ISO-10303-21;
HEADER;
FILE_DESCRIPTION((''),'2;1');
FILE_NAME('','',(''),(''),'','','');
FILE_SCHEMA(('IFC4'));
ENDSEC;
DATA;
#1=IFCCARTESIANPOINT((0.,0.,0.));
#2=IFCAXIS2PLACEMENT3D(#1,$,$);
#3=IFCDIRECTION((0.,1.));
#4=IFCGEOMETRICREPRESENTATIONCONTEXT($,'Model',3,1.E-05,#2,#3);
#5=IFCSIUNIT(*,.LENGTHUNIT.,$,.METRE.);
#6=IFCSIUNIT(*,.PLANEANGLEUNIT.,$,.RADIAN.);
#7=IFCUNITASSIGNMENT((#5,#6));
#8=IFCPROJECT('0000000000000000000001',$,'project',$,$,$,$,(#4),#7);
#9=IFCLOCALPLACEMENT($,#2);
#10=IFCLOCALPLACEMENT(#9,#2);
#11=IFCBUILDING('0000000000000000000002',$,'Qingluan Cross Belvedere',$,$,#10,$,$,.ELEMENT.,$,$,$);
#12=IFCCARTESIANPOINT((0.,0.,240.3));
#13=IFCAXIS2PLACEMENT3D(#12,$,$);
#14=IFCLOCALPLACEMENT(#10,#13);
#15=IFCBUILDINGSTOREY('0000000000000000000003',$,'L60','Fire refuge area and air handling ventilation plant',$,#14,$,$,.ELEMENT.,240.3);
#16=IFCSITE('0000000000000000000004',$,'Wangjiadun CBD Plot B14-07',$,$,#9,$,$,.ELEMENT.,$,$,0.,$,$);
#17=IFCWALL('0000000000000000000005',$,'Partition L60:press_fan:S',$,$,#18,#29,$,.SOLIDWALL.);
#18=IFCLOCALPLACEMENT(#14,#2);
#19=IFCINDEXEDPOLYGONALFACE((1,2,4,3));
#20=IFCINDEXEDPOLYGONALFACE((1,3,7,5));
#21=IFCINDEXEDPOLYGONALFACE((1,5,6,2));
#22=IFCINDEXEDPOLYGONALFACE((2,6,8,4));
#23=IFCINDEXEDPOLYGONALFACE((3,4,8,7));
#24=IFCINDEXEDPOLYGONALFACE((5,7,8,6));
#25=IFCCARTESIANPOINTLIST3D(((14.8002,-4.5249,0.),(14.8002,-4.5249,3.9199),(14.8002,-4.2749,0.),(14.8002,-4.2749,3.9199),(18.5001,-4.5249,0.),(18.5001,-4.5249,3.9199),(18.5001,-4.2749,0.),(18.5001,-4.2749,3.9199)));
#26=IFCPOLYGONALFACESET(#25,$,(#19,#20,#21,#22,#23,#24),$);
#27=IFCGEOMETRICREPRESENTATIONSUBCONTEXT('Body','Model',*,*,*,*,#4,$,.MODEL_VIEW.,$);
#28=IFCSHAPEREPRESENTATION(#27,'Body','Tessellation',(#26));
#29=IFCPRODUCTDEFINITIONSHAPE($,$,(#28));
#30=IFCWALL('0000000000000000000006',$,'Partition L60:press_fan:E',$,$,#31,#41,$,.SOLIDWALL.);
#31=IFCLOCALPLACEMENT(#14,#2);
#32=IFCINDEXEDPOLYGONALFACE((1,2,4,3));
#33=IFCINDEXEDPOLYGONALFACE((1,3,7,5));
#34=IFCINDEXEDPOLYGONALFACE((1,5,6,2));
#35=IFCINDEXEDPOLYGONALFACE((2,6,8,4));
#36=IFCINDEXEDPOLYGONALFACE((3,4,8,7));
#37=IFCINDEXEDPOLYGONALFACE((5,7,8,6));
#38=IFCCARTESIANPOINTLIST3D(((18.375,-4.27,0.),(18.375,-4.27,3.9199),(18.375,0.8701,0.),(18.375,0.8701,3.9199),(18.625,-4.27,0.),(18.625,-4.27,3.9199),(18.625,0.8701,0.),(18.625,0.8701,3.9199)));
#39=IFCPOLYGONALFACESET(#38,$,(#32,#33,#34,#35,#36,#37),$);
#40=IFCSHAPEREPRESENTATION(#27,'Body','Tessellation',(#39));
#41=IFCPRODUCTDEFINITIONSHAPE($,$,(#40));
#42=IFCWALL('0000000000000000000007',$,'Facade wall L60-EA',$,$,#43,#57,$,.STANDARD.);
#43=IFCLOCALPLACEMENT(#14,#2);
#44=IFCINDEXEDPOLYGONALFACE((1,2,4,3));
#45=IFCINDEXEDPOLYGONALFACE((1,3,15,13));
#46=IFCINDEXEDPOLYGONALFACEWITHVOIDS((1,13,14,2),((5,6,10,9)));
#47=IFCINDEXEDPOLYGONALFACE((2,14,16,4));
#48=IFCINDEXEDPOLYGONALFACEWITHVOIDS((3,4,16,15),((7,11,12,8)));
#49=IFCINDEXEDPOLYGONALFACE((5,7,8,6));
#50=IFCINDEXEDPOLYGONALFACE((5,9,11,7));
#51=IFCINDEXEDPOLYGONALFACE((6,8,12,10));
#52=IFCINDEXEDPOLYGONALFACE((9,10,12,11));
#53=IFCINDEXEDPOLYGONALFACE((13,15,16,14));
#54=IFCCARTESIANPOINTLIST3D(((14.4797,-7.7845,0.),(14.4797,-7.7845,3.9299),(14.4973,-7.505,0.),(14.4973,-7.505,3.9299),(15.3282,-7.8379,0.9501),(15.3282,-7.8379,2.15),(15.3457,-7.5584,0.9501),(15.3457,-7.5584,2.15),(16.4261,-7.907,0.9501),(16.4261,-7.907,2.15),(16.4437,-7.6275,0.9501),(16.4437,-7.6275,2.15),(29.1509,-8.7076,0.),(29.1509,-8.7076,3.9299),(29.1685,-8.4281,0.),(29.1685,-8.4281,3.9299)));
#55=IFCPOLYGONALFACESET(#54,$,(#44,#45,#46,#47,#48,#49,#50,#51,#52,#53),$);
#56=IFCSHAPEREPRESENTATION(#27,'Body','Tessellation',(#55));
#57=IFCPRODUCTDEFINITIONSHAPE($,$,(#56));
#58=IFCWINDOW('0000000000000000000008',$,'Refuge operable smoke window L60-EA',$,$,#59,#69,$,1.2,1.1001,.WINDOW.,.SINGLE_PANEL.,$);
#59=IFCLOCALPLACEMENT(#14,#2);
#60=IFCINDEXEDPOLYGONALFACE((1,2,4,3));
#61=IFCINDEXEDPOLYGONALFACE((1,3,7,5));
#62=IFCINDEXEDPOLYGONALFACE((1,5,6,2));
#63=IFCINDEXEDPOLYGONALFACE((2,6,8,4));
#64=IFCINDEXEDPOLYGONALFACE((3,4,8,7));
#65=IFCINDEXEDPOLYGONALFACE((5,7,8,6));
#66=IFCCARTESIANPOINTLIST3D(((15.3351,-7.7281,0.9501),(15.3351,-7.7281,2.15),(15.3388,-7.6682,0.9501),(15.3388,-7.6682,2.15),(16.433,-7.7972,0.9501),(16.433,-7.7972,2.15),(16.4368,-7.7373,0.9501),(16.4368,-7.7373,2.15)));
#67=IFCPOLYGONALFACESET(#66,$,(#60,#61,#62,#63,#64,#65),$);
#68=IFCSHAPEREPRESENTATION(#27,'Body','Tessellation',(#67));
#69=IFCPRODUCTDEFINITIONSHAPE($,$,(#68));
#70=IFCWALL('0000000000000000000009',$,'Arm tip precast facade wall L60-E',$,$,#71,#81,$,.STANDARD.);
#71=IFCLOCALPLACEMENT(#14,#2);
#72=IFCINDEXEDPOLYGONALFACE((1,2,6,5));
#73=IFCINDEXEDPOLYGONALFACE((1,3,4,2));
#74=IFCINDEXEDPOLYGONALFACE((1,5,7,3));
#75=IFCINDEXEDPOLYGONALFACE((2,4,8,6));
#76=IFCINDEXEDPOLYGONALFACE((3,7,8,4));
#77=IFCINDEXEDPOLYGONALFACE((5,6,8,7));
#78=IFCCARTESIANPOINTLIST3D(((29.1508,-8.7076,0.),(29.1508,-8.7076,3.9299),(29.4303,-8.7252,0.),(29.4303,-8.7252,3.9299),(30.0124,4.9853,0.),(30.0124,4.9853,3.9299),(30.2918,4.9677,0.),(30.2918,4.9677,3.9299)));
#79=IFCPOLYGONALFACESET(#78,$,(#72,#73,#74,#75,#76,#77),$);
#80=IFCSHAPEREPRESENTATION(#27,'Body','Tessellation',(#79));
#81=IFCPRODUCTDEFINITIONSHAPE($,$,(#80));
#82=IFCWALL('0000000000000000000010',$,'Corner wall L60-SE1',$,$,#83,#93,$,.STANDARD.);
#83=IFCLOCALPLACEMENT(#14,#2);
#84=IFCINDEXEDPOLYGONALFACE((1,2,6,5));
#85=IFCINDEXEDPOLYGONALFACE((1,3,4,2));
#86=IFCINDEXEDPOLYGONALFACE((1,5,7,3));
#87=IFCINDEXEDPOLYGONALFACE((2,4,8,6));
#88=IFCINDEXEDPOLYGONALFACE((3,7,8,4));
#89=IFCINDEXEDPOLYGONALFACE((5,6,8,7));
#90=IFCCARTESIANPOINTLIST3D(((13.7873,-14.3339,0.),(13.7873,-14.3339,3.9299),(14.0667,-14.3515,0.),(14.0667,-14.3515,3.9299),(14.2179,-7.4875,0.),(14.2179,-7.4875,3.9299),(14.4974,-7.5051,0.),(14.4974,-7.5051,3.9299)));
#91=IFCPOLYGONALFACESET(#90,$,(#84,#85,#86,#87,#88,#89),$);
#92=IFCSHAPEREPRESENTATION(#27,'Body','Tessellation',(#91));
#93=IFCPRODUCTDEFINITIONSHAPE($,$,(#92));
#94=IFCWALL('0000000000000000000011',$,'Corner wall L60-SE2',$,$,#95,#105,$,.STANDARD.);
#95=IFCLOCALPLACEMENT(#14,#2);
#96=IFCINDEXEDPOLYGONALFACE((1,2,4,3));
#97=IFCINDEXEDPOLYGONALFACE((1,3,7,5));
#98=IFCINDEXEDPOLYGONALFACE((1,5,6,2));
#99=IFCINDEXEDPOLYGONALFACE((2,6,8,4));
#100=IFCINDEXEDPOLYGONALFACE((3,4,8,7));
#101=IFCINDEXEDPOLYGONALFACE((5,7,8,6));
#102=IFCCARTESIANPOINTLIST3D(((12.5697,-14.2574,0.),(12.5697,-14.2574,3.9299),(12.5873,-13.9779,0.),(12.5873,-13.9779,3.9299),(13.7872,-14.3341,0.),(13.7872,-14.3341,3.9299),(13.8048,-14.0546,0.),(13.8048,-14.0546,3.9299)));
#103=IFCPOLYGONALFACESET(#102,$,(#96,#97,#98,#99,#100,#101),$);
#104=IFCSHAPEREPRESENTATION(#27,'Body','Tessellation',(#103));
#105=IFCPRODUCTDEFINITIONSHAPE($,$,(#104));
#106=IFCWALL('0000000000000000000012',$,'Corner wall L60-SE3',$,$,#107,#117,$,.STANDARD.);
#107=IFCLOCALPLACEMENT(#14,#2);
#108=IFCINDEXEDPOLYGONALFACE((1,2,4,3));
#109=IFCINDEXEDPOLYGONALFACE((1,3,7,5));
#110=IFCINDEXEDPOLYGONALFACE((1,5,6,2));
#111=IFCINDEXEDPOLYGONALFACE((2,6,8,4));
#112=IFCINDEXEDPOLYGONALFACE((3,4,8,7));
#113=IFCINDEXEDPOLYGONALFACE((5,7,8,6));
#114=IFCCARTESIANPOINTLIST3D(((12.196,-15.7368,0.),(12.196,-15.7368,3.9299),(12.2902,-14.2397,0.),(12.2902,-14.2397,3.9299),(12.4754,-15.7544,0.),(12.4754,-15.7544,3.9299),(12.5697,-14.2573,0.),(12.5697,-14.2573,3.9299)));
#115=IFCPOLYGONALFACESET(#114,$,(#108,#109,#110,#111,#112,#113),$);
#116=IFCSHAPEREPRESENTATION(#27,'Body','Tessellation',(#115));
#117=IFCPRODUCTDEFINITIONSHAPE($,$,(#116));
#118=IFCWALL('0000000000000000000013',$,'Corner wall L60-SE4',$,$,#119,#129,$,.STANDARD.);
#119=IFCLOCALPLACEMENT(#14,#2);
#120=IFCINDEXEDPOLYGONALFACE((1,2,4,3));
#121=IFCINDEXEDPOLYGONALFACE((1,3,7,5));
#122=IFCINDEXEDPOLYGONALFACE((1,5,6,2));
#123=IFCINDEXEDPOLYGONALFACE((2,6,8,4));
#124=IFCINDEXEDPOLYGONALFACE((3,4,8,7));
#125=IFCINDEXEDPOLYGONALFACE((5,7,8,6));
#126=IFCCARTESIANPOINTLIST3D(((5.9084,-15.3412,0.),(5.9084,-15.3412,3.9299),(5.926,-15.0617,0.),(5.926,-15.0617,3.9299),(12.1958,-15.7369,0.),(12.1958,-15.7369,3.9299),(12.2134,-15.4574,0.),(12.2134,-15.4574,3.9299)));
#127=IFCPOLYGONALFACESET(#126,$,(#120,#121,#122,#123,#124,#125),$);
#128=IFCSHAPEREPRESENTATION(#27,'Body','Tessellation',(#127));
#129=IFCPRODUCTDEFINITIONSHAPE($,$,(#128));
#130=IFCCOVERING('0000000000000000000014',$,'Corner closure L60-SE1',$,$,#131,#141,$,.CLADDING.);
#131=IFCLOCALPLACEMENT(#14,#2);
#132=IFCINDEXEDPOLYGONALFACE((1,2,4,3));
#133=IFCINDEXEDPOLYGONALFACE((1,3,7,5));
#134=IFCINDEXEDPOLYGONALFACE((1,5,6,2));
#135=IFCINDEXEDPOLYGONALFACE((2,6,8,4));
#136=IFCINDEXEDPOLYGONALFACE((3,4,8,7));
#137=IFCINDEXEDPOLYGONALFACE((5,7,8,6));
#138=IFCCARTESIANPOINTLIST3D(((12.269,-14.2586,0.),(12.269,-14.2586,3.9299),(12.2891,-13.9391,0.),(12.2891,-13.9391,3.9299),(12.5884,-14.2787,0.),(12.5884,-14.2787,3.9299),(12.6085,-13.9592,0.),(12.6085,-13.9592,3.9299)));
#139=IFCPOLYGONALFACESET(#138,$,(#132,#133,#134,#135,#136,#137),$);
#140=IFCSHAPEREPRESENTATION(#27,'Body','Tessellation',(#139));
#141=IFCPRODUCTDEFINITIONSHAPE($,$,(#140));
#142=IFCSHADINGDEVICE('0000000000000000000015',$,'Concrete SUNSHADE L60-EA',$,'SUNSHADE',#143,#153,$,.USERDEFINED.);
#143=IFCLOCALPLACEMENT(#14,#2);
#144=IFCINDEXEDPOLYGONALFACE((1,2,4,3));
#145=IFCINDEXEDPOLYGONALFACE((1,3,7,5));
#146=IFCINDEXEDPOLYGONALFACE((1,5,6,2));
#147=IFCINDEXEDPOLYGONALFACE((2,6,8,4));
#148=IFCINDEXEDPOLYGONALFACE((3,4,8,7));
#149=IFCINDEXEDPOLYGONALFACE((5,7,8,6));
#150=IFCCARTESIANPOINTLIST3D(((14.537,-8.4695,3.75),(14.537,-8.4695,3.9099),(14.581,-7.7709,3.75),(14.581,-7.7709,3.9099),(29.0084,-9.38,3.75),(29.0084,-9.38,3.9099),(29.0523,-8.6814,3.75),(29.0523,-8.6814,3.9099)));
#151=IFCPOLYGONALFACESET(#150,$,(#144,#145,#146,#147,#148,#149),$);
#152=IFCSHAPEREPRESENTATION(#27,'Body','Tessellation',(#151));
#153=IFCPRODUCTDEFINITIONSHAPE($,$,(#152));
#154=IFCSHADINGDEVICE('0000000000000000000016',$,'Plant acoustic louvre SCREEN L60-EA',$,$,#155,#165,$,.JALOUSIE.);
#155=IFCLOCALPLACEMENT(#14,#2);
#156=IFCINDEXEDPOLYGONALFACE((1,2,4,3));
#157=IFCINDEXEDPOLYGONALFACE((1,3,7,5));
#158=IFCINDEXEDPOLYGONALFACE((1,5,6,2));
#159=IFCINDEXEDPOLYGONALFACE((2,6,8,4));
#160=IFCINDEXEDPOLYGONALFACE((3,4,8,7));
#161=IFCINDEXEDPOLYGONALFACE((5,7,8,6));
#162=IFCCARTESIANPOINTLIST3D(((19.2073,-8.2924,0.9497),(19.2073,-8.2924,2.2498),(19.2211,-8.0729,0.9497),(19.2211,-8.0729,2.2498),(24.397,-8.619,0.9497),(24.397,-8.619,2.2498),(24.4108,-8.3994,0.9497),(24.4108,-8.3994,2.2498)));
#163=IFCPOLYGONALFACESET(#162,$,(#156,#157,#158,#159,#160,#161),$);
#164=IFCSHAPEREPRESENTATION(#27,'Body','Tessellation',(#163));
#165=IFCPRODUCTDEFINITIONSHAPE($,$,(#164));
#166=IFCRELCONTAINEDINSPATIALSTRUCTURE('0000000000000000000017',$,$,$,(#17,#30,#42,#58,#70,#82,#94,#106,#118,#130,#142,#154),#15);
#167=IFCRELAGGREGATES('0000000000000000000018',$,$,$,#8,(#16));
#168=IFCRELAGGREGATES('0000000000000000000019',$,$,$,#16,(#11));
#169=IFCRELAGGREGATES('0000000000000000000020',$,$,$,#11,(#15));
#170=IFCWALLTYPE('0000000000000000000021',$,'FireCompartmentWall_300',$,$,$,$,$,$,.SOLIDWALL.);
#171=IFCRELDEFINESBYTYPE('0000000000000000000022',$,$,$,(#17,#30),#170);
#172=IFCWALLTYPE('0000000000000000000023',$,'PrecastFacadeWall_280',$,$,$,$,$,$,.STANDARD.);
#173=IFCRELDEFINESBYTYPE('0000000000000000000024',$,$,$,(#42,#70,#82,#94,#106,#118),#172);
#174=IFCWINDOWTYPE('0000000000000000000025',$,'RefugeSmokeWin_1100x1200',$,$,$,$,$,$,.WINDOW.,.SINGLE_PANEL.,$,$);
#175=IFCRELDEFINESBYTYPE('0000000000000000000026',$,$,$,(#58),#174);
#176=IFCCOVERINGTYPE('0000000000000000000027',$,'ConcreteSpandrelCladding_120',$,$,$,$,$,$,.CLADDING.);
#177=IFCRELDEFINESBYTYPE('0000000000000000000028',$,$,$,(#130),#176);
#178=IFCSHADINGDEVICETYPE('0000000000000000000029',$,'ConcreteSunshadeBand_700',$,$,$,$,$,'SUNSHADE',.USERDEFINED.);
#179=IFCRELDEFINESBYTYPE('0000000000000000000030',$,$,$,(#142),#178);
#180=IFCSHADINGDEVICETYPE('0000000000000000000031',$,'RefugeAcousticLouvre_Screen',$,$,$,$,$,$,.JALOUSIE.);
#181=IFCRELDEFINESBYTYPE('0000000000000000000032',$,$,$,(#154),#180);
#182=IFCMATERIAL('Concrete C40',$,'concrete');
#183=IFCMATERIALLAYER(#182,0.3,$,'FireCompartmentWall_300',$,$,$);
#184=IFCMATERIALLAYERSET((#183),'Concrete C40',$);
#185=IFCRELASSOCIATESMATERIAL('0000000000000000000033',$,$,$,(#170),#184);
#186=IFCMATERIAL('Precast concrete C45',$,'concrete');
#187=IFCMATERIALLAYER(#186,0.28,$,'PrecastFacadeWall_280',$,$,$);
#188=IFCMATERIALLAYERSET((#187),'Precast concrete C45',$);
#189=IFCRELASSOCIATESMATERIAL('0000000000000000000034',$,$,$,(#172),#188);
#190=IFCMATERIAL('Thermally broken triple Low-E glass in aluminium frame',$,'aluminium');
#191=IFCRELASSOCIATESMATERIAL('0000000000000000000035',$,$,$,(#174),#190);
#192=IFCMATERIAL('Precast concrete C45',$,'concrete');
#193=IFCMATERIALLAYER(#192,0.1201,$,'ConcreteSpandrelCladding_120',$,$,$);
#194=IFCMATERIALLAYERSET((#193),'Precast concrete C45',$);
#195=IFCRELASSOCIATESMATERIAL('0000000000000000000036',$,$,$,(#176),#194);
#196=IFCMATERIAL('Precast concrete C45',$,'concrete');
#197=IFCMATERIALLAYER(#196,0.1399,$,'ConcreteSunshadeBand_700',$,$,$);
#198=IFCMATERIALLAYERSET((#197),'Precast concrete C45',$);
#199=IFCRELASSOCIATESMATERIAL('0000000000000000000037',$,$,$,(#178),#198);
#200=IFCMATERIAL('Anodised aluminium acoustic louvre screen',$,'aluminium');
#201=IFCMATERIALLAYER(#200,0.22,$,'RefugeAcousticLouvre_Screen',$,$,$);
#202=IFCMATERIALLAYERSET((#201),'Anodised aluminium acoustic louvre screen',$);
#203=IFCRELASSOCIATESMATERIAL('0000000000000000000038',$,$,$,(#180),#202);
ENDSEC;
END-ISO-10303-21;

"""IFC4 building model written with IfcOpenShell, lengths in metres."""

from ifc_helpers import new_model, si_unit, direction, frame, frame_2d, origin, origin_2d, place, context, subcontext, project, spatial, rectangle, extrude, material, layer, layer_set, type_object, element, fill, save


model = new_model("IFC4")

# Units and contexts
model_context = context("Model", 3, precision=1e-05, world=origin(), true_north=direction((0.0, 1.0)))
body_context = subcontext(model_context, "Body", "Model", "MODEL_VIEW")
ifc_project = project(units=[si_unit("LENGTHUNIT", "METRE"), si_unit("PLANEANGLEUNIT", "RADIAN")], contexts=[model_context])

# Site, building, storey
site_placement = place(None, origin())
site = spatial("IfcSite", under=ifc_project, at=site_placement, Name="Wangjiadun CBD Plot B14-07", CompositionType="ELEMENT", RefElevation=0.0)
building_placement = place(site_placement, origin())
building = spatial("IfcBuilding", under=site, at=building_placement, Name="Qingluan Cross Belvedere", CompositionType="ELEMENT")
storey_placement = place(building_placement, frame((0.0, 0.0, 240.3)))
storey = spatial("IfcBuildingStorey", under=building, at=storey_placement, Name="L60", Description="Fire refuge area and air handling ventilation plant", CompositionType="ELEMENT", Elevation=240.3)

# Wall
ifc_material_1 = material(Name="Concrete C40", Category="concrete")
ifc_layer_1 = layer(ifc_material_1, 0.3, Name="FireCompartmentWall_300")
ifc_layer_set_1 = layer_set([ifc_layer_1], Name="Concrete C40")
wall_type_1 = type_object("IfcWallType", Name="FireCompartmentWall_300", PredefinedType="SOLIDWALL", material=ifc_layer_set_1)
wall_1_placement = place(storey_placement, frame((14.8, -4.3999, 0.0), z_axis=(0.0, 0.0, 1.0), x_axis=(1.0, 0.0, 0.0)))
element("IfcWall", 1, at=wall_1_placement, inside=storey, type_object=wall_type_1, Name="Partition L60:press_fan:S", PredefinedType="SOLIDWALL", context=body_context, shape_type="SweptSolid", body=[
    extrude(rectangle(XDim=3.7, YDim=0.25, at=frame_2d((1.8501, 0.0))), origin(), (0.0, 0.0, 1.0), 3.9199),
])

# Wall
wall_2_placement = place(storey_placement, frame((18.5, -4.27, 0.0), z_axis=(0.0, 0.0, 1.0), x_axis=(0.0, 1.0, 0.0)))
element("IfcWall", 2, at=wall_2_placement, inside=storey, type_object=wall_type_1, Name="Partition L60:press_fan:E", PredefinedType="SOLIDWALL", context=body_context, shape_type="SweptSolid", body=[
    extrude(rectangle(XDim=5.1401, YDim=0.25, at=frame_2d((2.5701, 0.0))), origin(), (0.0, 0.0, 1.0), 3.9199),
])

# Wall, opening, window
ifc_material_2 = material(Name="Precast concrete C45", Category="concrete")
ifc_layer_2 = layer(ifc_material_2, 0.28, Name="PrecastFacadeWall_280")
ifc_layer_set_2 = layer_set([ifc_layer_2], Name="Precast concrete C45")
wall_type_2 = type_object("IfcWallType", Name="PrecastFacadeWall_280", PredefinedType="STANDARD", material=ifc_layer_set_2)
wall_3_placement = place(storey_placement, frame((14.4885, -7.6448, 0.0), z_axis=(0.0, 0.0, 1.0), x_axis=(0.998026, -0.062795, 0.0)))
wall_3 = element("IfcWall", 3, at=wall_3_placement, inside=storey, type_object=wall_type_2, Name="Facade wall L60-EA", PredefinedType="STANDARD", context=body_context, shape_type="SweptSolid", body=[
    extrude(rectangle(XDim=14.7002, YDim=0.28, at=frame_2d((7.3501, 0.0))), origin(), (0.0, 0.0, 1.0), 3.9299),
])
opening_1_placement = place(wall_3_placement, frame((0.8501, 0.0, 0.95)))
opening_1 = element("IfcOpeningElement", 4, at=opening_1_placement, cuts=wall_3, PredefinedType="OPENING", context=body_context, shape_type="SweptSolid", body=[
    extrude(rectangle(XDim=1.1001, YDim=1.2, at=frame_2d((0.55, 0.6001))), frame((0.0, 0.1499, 0.0), z_axis=(0.0, -1.0, 0.0), x_axis=(1.0, 0.0, 0.0)), (0.0, 0.0, 1.0), 0.3),
])
ifc_material_3 = material(Name="Thermally broken triple Low-E glass in aluminium frame", Category="aluminium")
window_type = type_object("IfcWindowType", Name="RefugeSmokeWin_1100x1200", PartitioningType="SINGLE_PANEL", PredefinedType="WINDOW", material=ifc_material_3)
window_placement = place(opening_1_placement, origin())
window = element("IfcWindow", 5, at=window_placement, inside=storey, type_object=window_type, Name="Refuge operable smoke window L60-EA", OverallHeight=1.2, OverallWidth=1.1001, PartitioningType="SINGLE_PANEL", PredefinedType="WINDOW", context=body_context, shape_type="SweptSolid", body=[
    extrude(rectangle(XDim=1.1001, YDim=1.2, at=frame_2d((0.55, 0.6001))), frame((0.0, 0.03, 0.0), z_axis=(0.0, -1.0, 0.0), x_axis=(1.0, 0.0, 0.0)), (0.0, 0.0, 1.0), 0.0601),
])
fill(opening_1, window)

# Walls
wall_4_placement = place(storey_placement, frame((29.2905, -8.7163, 0.0), z_axis=(0.0, 0.0, 1.0), x_axis=(0.062797, 0.998026, 0.0)))
element("IfcWall", 6, at=wall_4_placement, inside=storey, type_object=wall_type_2, Name="Arm tip precast facade wall L60-E", PredefinedType="STANDARD", context=body_context, shape_type="SweptSolid", body=[
    extrude(rectangle(XDim=13.72, YDim=0.28, at=frame_2d((6.8599, 0.0))), origin(), (0.0, 0.0, 1.0), 3.9299),
])
wall_5_placement = place(storey_placement, frame((14.3577, -7.4963, 0.0), z_axis=(0.0, 0.0, 1.0), x_axis=(-0.062779, -0.998027, 0.0)))
element("IfcWall", 7, at=wall_5_placement, inside=storey, type_object=wall_type_2, Name="Corner wall L60-SE1", PredefinedType="STANDARD", context=body_context, shape_type="SweptSolid", body=[
    extrude(rectangle(XDim=6.8599, YDim=0.28, at=frame_2d((3.4299, 0.0))), origin(), (0.0, 0.0, 1.0), 3.9299),
])
wall_6_placement = place(storey_placement, frame((13.7959, -14.1943, 0.0), z_axis=(0.0, 0.0, 1.0), x_axis=(-0.998024, 0.062839, 0.0)))
element("IfcWall", 8, at=wall_6_placement, inside=storey, type_object=wall_type_2, Name="Corner wall L60-SE2", PredefinedType="STANDARD", context=body_context, shape_type="SweptSolid", body=[
    extrude(rectangle(XDim=1.22, YDim=0.28, at=frame_2d((0.6099, 0.0))), origin(), (0.0, 0.0, 1.0), 3.9299),
])
wall_7_placement = place(storey_placement, frame((12.4299, -14.2485, 0.0), z_axis=(0.0, 0.0, 1.0), x_axis=(-0.062824, -0.998025, 0.0)))
element("IfcWall", 9, at=wall_7_placement, inside=storey, type_object=wall_type_2, Name="Corner wall L60-SE3", PredefinedType="STANDARD", context=body_context, shape_type="SweptSolid", body=[
    extrude(rectangle(XDim=1.5, YDim=0.28, at=frame_2d((0.75, 0.0))), origin(), (0.0, 0.0, 1.0), 3.9299),
])
wall_8_placement = place(storey_placement, frame((12.2046, -15.5972, 0.0), z_axis=(0.0, 0.0, 1.0), x_axis=(-0.998025, 0.06282, 0.0)))
element("IfcWall", 10, at=wall_8_placement, inside=storey, type_object=wall_type_2, Name="Corner wall L60-SE4", PredefinedType="STANDARD", context=body_context, shape_type="SweptSolid", body=[
    extrude(rectangle(XDim=6.2998, YDim=0.28, at=frame_2d((3.1499, 0.0))), origin(), (0.0, 0.0, 1.0), 3.9299),
])

# Covering
ifc_material_4 = material(Name="Precast concrete C45", Category="concrete")
ifc_layer_3 = layer(ifc_material_4, 0.1201, Name="ConcreteSpandrelCladding_120")
ifc_layer_set_3 = layer_set([ifc_layer_3], Name="Precast concrete C45")
covering_type = type_object("IfcCoveringType", Name="ConcreteSpandrelCladding_120", PredefinedType="CLADDING", material=ifc_layer_set_3)
covering_placement = place(storey_placement, frame((12.4387, -14.1089, 0.0), z_axis=(0.0, 0.0, 1.0), x_axis=(0.998027, -0.062791, 0.0)))
element("IfcCovering", 11, at=covering_placement, inside=storey, type_object=covering_type, Name="Corner closure L60-SE1", PredefinedType="CLADDING", context=body_context, shape_type="SweptSolid", body=[
    extrude(rectangle(XDim=0.3201, YDim=0.3201, at=origin_2d()), origin(), (0.0, 0.0, 1.0), 3.9299),
])

# Shading devices
ifc_material_5 = material(Name="Precast concrete C45", Category="concrete")
ifc_layer_4 = layer(ifc_material_5, 0.1399, Name="ConcreteSunshadeBand_700")
ifc_layer_set_4 = layer_set([ifc_layer_4], Name="Precast concrete C45")
shading_device_type_1 = type_object("IfcShadingDeviceType", Name="ConcreteSunshadeBand_700", ElementType="SUNSHADE", PredefinedType="USERDEFINED", material=ifc_layer_set_4)
shading_device_1_placement = place(storey_placement, frame((21.7947, -8.5754, 3.75), z_axis=(0.0, 0.0, 1.0), x_axis=(0.998026, -0.062796, 0.0)))
element("IfcShadingDevice", 12, at=shading_device_1_placement, inside=storey, type_object=shading_device_type_1, Name="Concrete SUNSHADE L60-EA", ObjectType="SUNSHADE", PredefinedType="USERDEFINED", context=body_context, shape_type="SweptSolid", body=[
    extrude(rectangle(XDim=14.5, YDim=0.7, at=origin_2d()), origin(), (0.0, 0.0, 1.0), 0.1599),
])
ifc_material_6 = material(Name="Anodised aluminium acoustic louvre screen", Category="aluminium")
ifc_layer_5 = layer(ifc_material_6, 0.22, Name="RefugeAcousticLouvre_Screen")
ifc_layer_set_5 = layer_set([ifc_layer_5], Name="Anodised aluminium acoustic louvre screen")
shading_device_type_2 = type_object("IfcShadingDeviceType", Name="RefugeAcousticLouvre_Screen", PredefinedType="JALOUSIE", material=ifc_layer_set_5)
shading_device_2_placement = place(storey_placement, frame((21.8091, -8.3459, 0.9497), z_axis=(0.0, 0.0, 1.0), x_axis=(0.998026, -0.062796, 0.0)))
element("IfcShadingDevice", 13, at=shading_device_2_placement, inside=storey, type_object=shading_device_type_2, Name="Plant acoustic louvre SCREEN L60-EA", PredefinedType="JALOUSIE", context=body_context, shape_type="SweptSolid", body=[
    extrude(rectangle(XDim=5.2, YDim=0.22, at=origin_2d()), origin(), (0.0, 0.0, 1.0), 1.3),
])

save(model, "model.ifc")
